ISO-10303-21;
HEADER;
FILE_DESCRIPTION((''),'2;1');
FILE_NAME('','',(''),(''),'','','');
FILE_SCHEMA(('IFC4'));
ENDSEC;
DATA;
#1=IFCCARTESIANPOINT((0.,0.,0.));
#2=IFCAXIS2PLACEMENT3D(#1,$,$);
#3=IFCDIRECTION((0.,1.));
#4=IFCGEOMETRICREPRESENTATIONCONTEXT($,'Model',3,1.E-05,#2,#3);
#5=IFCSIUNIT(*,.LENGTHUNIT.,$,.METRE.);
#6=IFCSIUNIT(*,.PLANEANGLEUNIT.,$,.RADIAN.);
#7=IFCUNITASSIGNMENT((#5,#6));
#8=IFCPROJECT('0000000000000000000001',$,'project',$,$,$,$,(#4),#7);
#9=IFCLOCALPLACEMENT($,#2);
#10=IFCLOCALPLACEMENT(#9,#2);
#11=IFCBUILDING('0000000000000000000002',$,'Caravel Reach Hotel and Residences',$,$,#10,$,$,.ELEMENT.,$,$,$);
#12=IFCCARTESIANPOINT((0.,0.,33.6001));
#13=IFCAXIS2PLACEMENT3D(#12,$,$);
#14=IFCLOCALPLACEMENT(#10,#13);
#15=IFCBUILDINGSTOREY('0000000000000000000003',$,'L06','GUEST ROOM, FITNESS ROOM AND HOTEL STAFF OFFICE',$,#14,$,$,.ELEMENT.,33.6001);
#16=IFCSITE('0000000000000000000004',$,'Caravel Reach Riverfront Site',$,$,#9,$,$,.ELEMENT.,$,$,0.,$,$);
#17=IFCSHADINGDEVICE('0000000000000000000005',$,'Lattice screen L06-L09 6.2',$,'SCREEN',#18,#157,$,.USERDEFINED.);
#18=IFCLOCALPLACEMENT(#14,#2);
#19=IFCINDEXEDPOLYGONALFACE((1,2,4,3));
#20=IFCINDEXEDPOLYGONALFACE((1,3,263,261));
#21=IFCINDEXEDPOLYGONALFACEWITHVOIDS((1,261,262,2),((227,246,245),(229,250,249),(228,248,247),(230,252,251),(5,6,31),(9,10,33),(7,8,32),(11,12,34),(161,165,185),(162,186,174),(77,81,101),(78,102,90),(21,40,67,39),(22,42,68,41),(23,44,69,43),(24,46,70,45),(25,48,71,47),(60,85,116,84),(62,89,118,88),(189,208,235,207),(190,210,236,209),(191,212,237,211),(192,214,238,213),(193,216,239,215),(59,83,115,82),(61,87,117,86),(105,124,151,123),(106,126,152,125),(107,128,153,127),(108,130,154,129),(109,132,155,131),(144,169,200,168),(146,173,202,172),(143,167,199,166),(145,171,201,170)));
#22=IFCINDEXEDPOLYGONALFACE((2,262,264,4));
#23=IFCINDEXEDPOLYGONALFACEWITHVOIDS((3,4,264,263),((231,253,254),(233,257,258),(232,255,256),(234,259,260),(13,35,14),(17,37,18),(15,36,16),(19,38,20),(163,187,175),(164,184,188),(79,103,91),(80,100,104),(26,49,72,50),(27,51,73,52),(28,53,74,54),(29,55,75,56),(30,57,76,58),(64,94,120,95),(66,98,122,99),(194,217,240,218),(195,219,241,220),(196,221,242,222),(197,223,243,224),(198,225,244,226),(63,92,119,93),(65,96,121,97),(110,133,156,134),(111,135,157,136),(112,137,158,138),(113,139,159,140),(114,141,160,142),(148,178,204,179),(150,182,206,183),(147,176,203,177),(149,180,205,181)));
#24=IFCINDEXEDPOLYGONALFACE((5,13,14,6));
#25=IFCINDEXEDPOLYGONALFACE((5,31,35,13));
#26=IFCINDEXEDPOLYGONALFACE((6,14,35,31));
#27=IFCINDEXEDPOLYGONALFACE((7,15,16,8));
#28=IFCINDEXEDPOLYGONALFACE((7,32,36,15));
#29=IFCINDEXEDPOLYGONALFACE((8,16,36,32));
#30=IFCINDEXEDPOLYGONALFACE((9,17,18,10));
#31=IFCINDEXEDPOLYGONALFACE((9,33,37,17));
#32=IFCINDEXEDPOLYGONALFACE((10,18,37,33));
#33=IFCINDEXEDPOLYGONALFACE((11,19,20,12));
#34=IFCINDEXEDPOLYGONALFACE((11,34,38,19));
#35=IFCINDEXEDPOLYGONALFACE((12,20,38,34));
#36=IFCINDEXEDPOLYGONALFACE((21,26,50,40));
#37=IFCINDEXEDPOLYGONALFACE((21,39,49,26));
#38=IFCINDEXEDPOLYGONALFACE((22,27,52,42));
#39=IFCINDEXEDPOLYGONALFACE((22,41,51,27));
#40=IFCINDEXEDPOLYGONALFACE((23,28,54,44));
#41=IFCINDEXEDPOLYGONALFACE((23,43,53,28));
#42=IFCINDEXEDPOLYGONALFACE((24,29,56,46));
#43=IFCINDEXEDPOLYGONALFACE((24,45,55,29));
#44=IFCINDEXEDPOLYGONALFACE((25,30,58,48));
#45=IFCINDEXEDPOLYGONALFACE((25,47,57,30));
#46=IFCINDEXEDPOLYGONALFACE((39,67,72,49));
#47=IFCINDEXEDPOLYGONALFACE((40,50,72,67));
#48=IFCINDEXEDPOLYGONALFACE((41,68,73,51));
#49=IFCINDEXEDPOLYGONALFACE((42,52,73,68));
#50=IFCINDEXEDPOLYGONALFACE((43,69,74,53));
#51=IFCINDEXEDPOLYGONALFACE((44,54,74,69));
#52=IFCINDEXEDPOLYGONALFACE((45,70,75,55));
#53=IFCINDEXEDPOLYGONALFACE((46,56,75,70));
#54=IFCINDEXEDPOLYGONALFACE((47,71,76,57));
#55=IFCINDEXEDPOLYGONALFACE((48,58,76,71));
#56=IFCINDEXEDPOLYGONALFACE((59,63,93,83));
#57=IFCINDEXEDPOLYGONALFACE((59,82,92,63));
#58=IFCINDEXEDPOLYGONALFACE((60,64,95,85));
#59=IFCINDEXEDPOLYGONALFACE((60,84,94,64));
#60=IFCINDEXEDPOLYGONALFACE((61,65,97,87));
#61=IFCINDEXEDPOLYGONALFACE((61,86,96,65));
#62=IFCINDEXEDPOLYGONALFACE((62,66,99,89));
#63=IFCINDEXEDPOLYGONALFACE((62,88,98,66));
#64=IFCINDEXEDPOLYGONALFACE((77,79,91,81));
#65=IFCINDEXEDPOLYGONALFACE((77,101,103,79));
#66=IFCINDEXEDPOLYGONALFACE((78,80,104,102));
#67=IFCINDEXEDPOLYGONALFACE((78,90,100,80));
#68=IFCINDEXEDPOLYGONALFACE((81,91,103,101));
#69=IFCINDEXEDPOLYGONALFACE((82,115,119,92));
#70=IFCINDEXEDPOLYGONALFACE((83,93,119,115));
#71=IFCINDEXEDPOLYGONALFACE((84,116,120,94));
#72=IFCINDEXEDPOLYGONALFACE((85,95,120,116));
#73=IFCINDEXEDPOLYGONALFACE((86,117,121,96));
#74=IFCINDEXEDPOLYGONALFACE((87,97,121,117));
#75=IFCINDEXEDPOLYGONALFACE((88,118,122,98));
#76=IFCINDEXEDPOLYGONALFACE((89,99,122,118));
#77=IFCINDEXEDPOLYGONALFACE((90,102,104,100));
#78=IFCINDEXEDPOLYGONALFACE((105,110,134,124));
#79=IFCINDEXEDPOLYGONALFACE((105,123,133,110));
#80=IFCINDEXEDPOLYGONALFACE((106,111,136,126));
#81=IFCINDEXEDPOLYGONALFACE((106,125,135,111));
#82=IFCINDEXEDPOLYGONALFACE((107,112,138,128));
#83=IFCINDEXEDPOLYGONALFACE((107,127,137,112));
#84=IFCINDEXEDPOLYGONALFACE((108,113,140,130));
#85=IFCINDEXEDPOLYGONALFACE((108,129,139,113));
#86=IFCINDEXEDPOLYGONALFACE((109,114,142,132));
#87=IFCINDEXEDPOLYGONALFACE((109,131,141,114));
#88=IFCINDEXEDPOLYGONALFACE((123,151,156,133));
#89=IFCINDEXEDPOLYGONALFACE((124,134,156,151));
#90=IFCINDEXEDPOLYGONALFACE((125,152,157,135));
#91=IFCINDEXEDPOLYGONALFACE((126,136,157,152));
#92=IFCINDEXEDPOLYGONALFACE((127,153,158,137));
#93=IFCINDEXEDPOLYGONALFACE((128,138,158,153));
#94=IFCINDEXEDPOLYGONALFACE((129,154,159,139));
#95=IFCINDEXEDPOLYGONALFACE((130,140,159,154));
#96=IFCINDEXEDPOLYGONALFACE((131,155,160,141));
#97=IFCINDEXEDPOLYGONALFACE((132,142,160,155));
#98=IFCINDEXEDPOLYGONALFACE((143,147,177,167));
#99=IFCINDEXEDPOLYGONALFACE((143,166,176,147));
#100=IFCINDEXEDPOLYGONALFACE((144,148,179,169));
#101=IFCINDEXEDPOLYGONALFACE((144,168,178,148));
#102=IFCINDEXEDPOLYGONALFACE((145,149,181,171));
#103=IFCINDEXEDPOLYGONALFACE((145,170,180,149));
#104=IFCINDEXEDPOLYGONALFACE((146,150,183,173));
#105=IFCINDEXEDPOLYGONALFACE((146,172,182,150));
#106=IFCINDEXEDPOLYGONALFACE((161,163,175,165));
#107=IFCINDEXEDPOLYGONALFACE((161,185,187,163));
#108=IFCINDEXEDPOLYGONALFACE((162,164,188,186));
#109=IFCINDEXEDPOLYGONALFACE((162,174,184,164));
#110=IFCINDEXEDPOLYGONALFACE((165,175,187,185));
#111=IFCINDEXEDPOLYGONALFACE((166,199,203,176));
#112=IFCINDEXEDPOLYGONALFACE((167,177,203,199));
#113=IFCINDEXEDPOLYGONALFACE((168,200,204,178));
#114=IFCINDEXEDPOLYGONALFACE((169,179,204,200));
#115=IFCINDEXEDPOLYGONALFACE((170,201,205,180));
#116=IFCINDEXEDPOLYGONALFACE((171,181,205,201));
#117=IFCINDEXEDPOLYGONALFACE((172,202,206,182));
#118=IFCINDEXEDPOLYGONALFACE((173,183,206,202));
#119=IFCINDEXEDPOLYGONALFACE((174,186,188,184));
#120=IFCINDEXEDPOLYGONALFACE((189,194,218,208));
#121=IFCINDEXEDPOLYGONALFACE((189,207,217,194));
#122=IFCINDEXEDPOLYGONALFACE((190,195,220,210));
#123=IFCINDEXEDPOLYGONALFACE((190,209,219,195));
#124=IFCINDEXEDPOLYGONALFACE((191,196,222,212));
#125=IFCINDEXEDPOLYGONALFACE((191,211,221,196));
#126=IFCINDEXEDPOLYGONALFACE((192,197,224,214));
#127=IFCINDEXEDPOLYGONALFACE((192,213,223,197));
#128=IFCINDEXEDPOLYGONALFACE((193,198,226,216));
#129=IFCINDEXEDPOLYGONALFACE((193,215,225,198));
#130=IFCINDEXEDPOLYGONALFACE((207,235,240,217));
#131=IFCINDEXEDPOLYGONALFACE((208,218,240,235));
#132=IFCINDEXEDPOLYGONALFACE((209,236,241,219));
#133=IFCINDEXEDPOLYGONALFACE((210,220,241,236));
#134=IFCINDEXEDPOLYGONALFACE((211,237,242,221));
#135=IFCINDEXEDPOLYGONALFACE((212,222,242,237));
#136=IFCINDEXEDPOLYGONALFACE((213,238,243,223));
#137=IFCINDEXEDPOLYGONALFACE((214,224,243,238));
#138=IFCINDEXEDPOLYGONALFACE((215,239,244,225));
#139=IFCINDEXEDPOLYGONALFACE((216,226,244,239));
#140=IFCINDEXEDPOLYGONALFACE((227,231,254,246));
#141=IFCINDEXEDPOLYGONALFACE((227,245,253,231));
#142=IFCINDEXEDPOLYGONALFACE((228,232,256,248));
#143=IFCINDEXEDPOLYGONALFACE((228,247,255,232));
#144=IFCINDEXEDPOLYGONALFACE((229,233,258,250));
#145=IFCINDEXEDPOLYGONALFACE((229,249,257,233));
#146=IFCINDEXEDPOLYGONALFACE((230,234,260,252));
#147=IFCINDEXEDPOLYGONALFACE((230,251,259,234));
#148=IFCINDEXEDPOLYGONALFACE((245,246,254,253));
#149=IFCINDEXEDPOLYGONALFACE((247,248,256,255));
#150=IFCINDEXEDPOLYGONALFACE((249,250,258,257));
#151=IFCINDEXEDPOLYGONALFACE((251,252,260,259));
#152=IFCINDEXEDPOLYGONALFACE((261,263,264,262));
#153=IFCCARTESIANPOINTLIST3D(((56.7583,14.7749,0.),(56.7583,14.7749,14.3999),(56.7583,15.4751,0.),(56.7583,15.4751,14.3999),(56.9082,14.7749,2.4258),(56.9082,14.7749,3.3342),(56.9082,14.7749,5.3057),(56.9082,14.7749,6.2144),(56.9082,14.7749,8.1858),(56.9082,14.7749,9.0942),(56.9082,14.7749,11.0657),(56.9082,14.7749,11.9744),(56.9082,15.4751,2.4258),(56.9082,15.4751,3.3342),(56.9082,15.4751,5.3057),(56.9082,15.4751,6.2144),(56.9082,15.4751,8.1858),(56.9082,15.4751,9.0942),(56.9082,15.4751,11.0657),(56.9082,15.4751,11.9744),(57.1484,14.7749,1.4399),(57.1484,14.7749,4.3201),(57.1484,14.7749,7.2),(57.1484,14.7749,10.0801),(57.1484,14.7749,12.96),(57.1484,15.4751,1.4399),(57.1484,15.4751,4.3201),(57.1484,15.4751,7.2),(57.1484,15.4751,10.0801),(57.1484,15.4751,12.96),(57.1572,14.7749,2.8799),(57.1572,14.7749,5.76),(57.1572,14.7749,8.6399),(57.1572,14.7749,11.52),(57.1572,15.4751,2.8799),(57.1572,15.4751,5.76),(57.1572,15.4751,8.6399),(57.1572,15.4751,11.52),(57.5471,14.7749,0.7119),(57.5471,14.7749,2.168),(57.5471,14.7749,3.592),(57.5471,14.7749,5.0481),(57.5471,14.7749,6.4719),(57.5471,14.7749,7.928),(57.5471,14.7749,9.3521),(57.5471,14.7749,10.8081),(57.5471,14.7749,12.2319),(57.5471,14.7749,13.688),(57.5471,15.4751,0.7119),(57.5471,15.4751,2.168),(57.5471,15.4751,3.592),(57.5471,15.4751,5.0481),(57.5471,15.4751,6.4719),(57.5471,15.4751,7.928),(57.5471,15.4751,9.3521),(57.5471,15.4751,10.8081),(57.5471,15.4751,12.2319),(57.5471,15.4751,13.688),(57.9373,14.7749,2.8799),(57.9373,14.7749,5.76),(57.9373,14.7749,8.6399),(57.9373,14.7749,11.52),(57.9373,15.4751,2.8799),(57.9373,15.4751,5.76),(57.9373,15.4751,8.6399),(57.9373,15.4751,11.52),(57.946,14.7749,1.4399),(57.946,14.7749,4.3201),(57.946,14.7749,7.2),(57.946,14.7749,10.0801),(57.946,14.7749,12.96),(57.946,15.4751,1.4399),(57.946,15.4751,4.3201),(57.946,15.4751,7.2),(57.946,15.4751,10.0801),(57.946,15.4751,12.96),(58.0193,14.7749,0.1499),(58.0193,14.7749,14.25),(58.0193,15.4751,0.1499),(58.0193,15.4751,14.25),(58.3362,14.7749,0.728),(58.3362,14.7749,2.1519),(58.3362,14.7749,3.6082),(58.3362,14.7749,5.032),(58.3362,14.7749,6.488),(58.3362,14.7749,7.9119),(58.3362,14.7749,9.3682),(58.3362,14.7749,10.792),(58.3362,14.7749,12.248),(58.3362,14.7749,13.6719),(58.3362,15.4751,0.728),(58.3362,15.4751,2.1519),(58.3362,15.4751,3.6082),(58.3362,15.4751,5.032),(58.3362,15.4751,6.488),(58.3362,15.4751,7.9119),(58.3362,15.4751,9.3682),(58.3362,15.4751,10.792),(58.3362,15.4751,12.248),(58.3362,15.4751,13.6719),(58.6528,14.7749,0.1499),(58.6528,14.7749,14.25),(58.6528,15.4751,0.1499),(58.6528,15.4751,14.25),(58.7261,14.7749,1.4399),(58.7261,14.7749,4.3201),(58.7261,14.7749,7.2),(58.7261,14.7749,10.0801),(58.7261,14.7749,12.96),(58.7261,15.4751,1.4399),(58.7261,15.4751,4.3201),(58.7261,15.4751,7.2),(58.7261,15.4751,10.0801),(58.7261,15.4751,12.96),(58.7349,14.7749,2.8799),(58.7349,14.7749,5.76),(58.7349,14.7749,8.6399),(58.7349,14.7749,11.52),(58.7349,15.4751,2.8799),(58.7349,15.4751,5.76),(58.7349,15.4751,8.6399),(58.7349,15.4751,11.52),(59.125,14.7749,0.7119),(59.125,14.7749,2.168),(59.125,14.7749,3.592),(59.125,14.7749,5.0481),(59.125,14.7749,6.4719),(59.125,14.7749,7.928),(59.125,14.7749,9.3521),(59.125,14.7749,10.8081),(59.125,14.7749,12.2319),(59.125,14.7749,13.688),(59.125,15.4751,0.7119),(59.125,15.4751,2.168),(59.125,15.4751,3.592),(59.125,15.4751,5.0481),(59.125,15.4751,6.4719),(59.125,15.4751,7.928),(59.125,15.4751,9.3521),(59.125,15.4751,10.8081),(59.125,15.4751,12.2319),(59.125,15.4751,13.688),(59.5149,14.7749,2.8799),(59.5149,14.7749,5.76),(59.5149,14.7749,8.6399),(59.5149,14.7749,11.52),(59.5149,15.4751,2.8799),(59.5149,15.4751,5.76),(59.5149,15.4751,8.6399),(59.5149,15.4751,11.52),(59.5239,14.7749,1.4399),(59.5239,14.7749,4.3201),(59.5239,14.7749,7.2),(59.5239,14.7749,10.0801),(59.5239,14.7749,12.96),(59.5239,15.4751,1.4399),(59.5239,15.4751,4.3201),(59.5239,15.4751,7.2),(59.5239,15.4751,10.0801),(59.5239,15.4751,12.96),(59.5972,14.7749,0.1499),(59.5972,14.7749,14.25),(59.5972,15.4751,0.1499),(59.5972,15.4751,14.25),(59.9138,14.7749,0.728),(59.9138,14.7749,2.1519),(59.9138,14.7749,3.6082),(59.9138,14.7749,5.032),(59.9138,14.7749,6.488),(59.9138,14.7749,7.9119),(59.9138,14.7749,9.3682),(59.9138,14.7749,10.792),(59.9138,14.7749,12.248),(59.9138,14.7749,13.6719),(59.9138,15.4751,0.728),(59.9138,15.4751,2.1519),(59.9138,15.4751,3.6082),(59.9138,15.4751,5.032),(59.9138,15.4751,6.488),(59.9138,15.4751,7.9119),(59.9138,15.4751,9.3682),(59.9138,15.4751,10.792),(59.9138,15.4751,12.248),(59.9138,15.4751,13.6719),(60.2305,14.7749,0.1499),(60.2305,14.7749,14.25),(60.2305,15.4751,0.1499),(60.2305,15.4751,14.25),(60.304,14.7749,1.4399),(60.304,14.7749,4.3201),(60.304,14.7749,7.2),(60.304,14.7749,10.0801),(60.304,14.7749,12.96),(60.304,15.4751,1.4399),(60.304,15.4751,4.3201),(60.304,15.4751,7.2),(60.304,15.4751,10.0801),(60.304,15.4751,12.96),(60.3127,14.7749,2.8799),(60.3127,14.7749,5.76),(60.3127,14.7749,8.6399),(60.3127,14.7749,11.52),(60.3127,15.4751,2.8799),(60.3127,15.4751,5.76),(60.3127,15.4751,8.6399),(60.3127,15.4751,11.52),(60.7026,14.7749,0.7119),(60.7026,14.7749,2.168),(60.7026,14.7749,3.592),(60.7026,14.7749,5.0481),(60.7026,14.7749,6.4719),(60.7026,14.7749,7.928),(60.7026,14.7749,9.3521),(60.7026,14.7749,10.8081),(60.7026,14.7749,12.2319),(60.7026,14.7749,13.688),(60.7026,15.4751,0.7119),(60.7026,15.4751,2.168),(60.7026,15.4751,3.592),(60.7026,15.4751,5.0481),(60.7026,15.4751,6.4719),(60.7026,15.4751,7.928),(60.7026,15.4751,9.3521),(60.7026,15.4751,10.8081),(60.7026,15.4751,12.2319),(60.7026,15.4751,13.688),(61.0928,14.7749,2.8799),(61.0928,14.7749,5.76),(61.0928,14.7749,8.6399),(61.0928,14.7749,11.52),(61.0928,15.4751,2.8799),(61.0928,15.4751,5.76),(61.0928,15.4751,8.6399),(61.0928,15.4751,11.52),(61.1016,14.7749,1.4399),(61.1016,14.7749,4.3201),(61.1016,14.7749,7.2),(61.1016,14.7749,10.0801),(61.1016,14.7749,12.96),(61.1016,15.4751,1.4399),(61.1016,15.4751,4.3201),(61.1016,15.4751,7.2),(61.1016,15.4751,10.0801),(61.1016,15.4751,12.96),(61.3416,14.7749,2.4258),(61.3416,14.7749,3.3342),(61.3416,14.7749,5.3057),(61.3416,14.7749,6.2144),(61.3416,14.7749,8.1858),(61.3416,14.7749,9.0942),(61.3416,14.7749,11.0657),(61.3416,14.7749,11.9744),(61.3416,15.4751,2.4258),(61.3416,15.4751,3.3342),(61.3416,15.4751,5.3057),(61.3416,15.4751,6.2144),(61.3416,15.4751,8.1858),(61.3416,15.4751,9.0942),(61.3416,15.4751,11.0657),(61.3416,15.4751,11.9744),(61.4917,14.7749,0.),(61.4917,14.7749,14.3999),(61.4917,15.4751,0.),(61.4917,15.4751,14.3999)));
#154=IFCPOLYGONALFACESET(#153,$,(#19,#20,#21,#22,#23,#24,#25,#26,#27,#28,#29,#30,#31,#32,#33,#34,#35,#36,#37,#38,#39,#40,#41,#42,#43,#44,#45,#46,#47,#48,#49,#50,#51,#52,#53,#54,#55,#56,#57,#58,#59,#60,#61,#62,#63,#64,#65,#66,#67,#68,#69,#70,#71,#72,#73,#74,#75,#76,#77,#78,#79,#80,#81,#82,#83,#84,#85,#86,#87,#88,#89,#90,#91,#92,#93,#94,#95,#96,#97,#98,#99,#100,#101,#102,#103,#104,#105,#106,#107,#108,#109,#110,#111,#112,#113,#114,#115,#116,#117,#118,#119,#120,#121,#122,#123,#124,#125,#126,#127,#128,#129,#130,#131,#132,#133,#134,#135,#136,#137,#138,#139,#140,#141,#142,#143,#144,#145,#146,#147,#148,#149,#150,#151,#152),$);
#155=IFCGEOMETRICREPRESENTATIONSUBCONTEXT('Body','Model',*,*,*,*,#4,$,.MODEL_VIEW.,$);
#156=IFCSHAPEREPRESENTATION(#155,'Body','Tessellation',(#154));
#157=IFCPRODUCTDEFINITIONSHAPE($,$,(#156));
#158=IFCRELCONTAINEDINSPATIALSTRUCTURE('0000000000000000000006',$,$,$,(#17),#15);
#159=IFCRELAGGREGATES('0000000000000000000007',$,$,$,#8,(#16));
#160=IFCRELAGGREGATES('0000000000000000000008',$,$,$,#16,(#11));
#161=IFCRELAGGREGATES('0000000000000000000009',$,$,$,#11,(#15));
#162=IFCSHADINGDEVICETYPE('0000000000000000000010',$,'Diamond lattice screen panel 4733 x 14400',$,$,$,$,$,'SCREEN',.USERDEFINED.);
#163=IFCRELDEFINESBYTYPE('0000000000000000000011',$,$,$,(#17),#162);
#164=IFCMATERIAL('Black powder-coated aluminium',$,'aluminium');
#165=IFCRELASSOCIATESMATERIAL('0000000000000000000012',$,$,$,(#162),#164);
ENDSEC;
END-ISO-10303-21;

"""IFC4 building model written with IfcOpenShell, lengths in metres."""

from ifc_helpers import new_model, si_unit, direction, frame, origin, place, context, subcontext, project, spatial, polyline, outline, extrude, material, type_object, element, save


model = new_model("IFC4")

# Units and contexts
model_context = context("Model", 3, precision=1e-05, world=origin(), true_north=direction((0.0, 1.0)))
body_context = subcontext(model_context, "Body", "Model", "MODEL_VIEW")
ifc_project = project(units=[si_unit("LENGTHUNIT", "METRE"), si_unit("PLANEANGLEUNIT", "RADIAN")], contexts=[model_context])

# Site, building, storey
site_placement = place(None, origin())
site = spatial("IfcSite", under=ifc_project, at=site_placement, Name="Caravel Reach Riverfront Site", CompositionType="ELEMENT", RefElevation=0.0)
building_placement = place(site_placement, origin())
building = spatial("IfcBuilding", under=site, at=building_placement, Name="Caravel Reach Hotel and Residences", CompositionType="ELEMENT")
storey_placement = place(building_placement, frame((0.0, 0.0, 33.6001)))
storey = spatial("IfcBuildingStorey", under=building, at=storey_placement, Name="L06", Description="GUEST ROOM, FITNESS ROOM AND HOTEL STAFF OFFICE", CompositionType="ELEMENT", Elevation=33.6001)

# Shading device
ifc_material_1 = material(Name="Black powder-coated aluminium", Category="aluminium")
shading_device_type_1 = type_object("IfcShadingDeviceType", Name="Diamond lattice screen panel 4733 x 14400", ElementType="SCREEN", PredefinedType="USERDEFINED", material=ifc_material_1)
shading_device_1_placement = place(storey_placement, frame((56.7583, 15.4751, 0.0), z_axis=(0.0, -1.0, 0.0), x_axis=(1.0, 0.0, 0.0)))
element("IfcShadingDevice", 1, at=shading_device_1_placement, inside=storey, type_object=shading_device_type_1, Name="Lattice screen L06-L09 6.2", ObjectType="SCREEN", PredefinedType="USERDEFINED", context=body_context, shape_type="SweptSolid", body=[
    extrude(outline(polyline([(0.0, 0.0), (4.7334, 0.0), (4.7334, 14.3999), (0.0, 14.3999), (0.0, 0.0)]), holes=[polyline([(0.3989, 2.8799), (0.1499, 3.3342), (0.1499, 2.4258), (0.3989, 2.8799)]), polyline([(0.3989, 5.76), (0.1499, 6.2144), (0.1499, 5.3057), (0.3989, 5.76)]), polyline([(0.3989, 8.6399), (0.1499, 9.0942), (0.1499, 8.1858), (0.3989, 8.6399)]), polyline([(0.3989, 11.52), (0.1499, 11.9744), (0.1499, 11.0657), (0.3989, 11.52)]), polyline([(0.7888, 2.168), (0.3901, 1.4399), (0.7888, 0.7119), (1.1877, 1.4399), (0.7888, 2.168)]), polyline([(0.7888, 5.0481), (0.3901, 4.3201), (0.7888, 3.592), (1.1877, 4.3201), (0.7888, 5.0481)]), polyline([(0.7888, 7.928), (0.3901, 7.2), (0.7888, 6.4719), (1.1877, 7.2), (0.7888, 7.928)]), polyline([(0.7888, 10.8081), (0.3901, 10.0801), (0.7888, 9.3521), (1.1877, 10.0801), (0.7888, 10.8081)]), polyline([(0.7888, 13.688), (0.3901, 12.96), (0.7888, 12.2319), (1.1877, 12.96), (0.7888, 13.688)]), polyline([(1.5779, 0.728), (1.261, 0.1499), (1.8945, 0.1499), (1.5779, 0.728)]), polyline([(1.5779, 3.6082), (1.179, 2.8799), (1.5779, 2.1519), (1.9766, 2.8799), (1.5779, 3.6082)]), polyline([(1.5779, 6.488), (1.179, 5.76), (1.5779, 5.032), (1.9766, 5.76), (1.5779, 6.488)]), polyline([(1.5779, 9.3682), (1.179, 8.6399), (1.5779, 7.9119), (1.9766, 8.6399), (1.5779, 9.3682)]), polyline([(1.5779, 12.248), (1.179, 11.52), (1.5779, 10.792), (1.9766, 11.52), (1.5779, 12.248)]), polyline([(1.5779, 13.6719), (1.8945, 14.25), (1.261, 14.25), (1.5779, 13.6719)]), polyline([(2.3667, 2.168), (1.9678, 1.4399), (2.3667, 0.7119), (2.7656, 1.4399), (2.3667, 2.168)]), polyline([(2.3667, 5.0481), (1.9678, 4.3201), (2.3667, 3.592), (2.7656, 4.3201), (2.3667, 5.0481)]), polyline([(2.3667, 7.928), (1.9678, 7.2), (2.3667, 6.4719), (2.7656, 7.2), (2.3667, 7.928)]), polyline([(2.3667, 10.8081), (1.9678, 10.0801), (2.3667, 9.3521), (2.7656, 10.0801), (2.3667, 10.8081)]), polyline([(2.3667, 13.688), (1.9678, 12.96), (2.3667, 12.2319), (2.7656, 12.96), (2.3667, 13.688)]), polyline([(3.1555, 0.728), (2.8389, 0.1499), (3.4722, 0.1499), (3.1555, 0.728)]), polyline([(3.1555, 3.6082), (2.7566, 2.8799), (3.1555, 2.1519), (3.5544, 2.8799), (3.1555, 3.6082)]), polyline([(3.1555, 6.488), (2.7566, 5.76), (3.1555, 5.032), (3.5544, 5.76), (3.1555, 6.488)]), polyline([(3.1555, 9.3682), (2.7566, 8.6399), (3.1555, 7.9119), (3.5544, 8.6399), (3.1555, 9.3682)]), polyline([(3.1555, 12.248), (2.7566, 11.52), (3.1555, 10.792), (3.5544, 11.52), (3.1555, 12.248)]), polyline([(3.1555, 13.6719), (3.4722, 14.25), (2.8389, 14.25), (3.1555, 13.6719)]), polyline([(3.9443, 2.168), (3.5457, 1.4399), (3.9443, 0.7119), (4.3433, 1.4399), (3.9443, 2.168)]), polyline([(3.9443, 5.0481), (3.5457, 4.3201), (3.9443, 3.592), (4.3433, 4.3201), (3.9443, 5.0481)]), polyline([(3.9443, 7.928), (3.5457, 7.2), (3.9443, 6.4719), (4.3433, 7.2), (3.9443, 7.928)]), polyline([(3.9443, 10.8081), (3.5457, 10.0801), (3.9443, 9.3521), (4.3433, 10.0801), (3.9443, 10.8081)]), polyline([(3.9443, 13.688), (3.5457, 12.96), (3.9443, 12.2319), (4.3433, 12.96), (3.9443, 13.688)]), polyline([(4.3345, 2.8799), (4.5833, 2.4258), (4.5833, 3.3342), (4.3345, 2.8799)]), polyline([(4.3345, 5.76), (4.5833, 5.3057), (4.5833, 6.2144), (4.3345, 5.76)]), polyline([(4.3345, 8.6399), (4.5833, 8.1858), (4.5833, 9.0942), (4.3345, 8.6399)]), polyline([(4.3345, 11.52), (4.5833, 11.0657), (4.5833, 11.9744), (4.3345, 11.52)])]), origin(), (0.0, 0.0, 1.0), 0.7002),
])

save(model, "model.ifc")
